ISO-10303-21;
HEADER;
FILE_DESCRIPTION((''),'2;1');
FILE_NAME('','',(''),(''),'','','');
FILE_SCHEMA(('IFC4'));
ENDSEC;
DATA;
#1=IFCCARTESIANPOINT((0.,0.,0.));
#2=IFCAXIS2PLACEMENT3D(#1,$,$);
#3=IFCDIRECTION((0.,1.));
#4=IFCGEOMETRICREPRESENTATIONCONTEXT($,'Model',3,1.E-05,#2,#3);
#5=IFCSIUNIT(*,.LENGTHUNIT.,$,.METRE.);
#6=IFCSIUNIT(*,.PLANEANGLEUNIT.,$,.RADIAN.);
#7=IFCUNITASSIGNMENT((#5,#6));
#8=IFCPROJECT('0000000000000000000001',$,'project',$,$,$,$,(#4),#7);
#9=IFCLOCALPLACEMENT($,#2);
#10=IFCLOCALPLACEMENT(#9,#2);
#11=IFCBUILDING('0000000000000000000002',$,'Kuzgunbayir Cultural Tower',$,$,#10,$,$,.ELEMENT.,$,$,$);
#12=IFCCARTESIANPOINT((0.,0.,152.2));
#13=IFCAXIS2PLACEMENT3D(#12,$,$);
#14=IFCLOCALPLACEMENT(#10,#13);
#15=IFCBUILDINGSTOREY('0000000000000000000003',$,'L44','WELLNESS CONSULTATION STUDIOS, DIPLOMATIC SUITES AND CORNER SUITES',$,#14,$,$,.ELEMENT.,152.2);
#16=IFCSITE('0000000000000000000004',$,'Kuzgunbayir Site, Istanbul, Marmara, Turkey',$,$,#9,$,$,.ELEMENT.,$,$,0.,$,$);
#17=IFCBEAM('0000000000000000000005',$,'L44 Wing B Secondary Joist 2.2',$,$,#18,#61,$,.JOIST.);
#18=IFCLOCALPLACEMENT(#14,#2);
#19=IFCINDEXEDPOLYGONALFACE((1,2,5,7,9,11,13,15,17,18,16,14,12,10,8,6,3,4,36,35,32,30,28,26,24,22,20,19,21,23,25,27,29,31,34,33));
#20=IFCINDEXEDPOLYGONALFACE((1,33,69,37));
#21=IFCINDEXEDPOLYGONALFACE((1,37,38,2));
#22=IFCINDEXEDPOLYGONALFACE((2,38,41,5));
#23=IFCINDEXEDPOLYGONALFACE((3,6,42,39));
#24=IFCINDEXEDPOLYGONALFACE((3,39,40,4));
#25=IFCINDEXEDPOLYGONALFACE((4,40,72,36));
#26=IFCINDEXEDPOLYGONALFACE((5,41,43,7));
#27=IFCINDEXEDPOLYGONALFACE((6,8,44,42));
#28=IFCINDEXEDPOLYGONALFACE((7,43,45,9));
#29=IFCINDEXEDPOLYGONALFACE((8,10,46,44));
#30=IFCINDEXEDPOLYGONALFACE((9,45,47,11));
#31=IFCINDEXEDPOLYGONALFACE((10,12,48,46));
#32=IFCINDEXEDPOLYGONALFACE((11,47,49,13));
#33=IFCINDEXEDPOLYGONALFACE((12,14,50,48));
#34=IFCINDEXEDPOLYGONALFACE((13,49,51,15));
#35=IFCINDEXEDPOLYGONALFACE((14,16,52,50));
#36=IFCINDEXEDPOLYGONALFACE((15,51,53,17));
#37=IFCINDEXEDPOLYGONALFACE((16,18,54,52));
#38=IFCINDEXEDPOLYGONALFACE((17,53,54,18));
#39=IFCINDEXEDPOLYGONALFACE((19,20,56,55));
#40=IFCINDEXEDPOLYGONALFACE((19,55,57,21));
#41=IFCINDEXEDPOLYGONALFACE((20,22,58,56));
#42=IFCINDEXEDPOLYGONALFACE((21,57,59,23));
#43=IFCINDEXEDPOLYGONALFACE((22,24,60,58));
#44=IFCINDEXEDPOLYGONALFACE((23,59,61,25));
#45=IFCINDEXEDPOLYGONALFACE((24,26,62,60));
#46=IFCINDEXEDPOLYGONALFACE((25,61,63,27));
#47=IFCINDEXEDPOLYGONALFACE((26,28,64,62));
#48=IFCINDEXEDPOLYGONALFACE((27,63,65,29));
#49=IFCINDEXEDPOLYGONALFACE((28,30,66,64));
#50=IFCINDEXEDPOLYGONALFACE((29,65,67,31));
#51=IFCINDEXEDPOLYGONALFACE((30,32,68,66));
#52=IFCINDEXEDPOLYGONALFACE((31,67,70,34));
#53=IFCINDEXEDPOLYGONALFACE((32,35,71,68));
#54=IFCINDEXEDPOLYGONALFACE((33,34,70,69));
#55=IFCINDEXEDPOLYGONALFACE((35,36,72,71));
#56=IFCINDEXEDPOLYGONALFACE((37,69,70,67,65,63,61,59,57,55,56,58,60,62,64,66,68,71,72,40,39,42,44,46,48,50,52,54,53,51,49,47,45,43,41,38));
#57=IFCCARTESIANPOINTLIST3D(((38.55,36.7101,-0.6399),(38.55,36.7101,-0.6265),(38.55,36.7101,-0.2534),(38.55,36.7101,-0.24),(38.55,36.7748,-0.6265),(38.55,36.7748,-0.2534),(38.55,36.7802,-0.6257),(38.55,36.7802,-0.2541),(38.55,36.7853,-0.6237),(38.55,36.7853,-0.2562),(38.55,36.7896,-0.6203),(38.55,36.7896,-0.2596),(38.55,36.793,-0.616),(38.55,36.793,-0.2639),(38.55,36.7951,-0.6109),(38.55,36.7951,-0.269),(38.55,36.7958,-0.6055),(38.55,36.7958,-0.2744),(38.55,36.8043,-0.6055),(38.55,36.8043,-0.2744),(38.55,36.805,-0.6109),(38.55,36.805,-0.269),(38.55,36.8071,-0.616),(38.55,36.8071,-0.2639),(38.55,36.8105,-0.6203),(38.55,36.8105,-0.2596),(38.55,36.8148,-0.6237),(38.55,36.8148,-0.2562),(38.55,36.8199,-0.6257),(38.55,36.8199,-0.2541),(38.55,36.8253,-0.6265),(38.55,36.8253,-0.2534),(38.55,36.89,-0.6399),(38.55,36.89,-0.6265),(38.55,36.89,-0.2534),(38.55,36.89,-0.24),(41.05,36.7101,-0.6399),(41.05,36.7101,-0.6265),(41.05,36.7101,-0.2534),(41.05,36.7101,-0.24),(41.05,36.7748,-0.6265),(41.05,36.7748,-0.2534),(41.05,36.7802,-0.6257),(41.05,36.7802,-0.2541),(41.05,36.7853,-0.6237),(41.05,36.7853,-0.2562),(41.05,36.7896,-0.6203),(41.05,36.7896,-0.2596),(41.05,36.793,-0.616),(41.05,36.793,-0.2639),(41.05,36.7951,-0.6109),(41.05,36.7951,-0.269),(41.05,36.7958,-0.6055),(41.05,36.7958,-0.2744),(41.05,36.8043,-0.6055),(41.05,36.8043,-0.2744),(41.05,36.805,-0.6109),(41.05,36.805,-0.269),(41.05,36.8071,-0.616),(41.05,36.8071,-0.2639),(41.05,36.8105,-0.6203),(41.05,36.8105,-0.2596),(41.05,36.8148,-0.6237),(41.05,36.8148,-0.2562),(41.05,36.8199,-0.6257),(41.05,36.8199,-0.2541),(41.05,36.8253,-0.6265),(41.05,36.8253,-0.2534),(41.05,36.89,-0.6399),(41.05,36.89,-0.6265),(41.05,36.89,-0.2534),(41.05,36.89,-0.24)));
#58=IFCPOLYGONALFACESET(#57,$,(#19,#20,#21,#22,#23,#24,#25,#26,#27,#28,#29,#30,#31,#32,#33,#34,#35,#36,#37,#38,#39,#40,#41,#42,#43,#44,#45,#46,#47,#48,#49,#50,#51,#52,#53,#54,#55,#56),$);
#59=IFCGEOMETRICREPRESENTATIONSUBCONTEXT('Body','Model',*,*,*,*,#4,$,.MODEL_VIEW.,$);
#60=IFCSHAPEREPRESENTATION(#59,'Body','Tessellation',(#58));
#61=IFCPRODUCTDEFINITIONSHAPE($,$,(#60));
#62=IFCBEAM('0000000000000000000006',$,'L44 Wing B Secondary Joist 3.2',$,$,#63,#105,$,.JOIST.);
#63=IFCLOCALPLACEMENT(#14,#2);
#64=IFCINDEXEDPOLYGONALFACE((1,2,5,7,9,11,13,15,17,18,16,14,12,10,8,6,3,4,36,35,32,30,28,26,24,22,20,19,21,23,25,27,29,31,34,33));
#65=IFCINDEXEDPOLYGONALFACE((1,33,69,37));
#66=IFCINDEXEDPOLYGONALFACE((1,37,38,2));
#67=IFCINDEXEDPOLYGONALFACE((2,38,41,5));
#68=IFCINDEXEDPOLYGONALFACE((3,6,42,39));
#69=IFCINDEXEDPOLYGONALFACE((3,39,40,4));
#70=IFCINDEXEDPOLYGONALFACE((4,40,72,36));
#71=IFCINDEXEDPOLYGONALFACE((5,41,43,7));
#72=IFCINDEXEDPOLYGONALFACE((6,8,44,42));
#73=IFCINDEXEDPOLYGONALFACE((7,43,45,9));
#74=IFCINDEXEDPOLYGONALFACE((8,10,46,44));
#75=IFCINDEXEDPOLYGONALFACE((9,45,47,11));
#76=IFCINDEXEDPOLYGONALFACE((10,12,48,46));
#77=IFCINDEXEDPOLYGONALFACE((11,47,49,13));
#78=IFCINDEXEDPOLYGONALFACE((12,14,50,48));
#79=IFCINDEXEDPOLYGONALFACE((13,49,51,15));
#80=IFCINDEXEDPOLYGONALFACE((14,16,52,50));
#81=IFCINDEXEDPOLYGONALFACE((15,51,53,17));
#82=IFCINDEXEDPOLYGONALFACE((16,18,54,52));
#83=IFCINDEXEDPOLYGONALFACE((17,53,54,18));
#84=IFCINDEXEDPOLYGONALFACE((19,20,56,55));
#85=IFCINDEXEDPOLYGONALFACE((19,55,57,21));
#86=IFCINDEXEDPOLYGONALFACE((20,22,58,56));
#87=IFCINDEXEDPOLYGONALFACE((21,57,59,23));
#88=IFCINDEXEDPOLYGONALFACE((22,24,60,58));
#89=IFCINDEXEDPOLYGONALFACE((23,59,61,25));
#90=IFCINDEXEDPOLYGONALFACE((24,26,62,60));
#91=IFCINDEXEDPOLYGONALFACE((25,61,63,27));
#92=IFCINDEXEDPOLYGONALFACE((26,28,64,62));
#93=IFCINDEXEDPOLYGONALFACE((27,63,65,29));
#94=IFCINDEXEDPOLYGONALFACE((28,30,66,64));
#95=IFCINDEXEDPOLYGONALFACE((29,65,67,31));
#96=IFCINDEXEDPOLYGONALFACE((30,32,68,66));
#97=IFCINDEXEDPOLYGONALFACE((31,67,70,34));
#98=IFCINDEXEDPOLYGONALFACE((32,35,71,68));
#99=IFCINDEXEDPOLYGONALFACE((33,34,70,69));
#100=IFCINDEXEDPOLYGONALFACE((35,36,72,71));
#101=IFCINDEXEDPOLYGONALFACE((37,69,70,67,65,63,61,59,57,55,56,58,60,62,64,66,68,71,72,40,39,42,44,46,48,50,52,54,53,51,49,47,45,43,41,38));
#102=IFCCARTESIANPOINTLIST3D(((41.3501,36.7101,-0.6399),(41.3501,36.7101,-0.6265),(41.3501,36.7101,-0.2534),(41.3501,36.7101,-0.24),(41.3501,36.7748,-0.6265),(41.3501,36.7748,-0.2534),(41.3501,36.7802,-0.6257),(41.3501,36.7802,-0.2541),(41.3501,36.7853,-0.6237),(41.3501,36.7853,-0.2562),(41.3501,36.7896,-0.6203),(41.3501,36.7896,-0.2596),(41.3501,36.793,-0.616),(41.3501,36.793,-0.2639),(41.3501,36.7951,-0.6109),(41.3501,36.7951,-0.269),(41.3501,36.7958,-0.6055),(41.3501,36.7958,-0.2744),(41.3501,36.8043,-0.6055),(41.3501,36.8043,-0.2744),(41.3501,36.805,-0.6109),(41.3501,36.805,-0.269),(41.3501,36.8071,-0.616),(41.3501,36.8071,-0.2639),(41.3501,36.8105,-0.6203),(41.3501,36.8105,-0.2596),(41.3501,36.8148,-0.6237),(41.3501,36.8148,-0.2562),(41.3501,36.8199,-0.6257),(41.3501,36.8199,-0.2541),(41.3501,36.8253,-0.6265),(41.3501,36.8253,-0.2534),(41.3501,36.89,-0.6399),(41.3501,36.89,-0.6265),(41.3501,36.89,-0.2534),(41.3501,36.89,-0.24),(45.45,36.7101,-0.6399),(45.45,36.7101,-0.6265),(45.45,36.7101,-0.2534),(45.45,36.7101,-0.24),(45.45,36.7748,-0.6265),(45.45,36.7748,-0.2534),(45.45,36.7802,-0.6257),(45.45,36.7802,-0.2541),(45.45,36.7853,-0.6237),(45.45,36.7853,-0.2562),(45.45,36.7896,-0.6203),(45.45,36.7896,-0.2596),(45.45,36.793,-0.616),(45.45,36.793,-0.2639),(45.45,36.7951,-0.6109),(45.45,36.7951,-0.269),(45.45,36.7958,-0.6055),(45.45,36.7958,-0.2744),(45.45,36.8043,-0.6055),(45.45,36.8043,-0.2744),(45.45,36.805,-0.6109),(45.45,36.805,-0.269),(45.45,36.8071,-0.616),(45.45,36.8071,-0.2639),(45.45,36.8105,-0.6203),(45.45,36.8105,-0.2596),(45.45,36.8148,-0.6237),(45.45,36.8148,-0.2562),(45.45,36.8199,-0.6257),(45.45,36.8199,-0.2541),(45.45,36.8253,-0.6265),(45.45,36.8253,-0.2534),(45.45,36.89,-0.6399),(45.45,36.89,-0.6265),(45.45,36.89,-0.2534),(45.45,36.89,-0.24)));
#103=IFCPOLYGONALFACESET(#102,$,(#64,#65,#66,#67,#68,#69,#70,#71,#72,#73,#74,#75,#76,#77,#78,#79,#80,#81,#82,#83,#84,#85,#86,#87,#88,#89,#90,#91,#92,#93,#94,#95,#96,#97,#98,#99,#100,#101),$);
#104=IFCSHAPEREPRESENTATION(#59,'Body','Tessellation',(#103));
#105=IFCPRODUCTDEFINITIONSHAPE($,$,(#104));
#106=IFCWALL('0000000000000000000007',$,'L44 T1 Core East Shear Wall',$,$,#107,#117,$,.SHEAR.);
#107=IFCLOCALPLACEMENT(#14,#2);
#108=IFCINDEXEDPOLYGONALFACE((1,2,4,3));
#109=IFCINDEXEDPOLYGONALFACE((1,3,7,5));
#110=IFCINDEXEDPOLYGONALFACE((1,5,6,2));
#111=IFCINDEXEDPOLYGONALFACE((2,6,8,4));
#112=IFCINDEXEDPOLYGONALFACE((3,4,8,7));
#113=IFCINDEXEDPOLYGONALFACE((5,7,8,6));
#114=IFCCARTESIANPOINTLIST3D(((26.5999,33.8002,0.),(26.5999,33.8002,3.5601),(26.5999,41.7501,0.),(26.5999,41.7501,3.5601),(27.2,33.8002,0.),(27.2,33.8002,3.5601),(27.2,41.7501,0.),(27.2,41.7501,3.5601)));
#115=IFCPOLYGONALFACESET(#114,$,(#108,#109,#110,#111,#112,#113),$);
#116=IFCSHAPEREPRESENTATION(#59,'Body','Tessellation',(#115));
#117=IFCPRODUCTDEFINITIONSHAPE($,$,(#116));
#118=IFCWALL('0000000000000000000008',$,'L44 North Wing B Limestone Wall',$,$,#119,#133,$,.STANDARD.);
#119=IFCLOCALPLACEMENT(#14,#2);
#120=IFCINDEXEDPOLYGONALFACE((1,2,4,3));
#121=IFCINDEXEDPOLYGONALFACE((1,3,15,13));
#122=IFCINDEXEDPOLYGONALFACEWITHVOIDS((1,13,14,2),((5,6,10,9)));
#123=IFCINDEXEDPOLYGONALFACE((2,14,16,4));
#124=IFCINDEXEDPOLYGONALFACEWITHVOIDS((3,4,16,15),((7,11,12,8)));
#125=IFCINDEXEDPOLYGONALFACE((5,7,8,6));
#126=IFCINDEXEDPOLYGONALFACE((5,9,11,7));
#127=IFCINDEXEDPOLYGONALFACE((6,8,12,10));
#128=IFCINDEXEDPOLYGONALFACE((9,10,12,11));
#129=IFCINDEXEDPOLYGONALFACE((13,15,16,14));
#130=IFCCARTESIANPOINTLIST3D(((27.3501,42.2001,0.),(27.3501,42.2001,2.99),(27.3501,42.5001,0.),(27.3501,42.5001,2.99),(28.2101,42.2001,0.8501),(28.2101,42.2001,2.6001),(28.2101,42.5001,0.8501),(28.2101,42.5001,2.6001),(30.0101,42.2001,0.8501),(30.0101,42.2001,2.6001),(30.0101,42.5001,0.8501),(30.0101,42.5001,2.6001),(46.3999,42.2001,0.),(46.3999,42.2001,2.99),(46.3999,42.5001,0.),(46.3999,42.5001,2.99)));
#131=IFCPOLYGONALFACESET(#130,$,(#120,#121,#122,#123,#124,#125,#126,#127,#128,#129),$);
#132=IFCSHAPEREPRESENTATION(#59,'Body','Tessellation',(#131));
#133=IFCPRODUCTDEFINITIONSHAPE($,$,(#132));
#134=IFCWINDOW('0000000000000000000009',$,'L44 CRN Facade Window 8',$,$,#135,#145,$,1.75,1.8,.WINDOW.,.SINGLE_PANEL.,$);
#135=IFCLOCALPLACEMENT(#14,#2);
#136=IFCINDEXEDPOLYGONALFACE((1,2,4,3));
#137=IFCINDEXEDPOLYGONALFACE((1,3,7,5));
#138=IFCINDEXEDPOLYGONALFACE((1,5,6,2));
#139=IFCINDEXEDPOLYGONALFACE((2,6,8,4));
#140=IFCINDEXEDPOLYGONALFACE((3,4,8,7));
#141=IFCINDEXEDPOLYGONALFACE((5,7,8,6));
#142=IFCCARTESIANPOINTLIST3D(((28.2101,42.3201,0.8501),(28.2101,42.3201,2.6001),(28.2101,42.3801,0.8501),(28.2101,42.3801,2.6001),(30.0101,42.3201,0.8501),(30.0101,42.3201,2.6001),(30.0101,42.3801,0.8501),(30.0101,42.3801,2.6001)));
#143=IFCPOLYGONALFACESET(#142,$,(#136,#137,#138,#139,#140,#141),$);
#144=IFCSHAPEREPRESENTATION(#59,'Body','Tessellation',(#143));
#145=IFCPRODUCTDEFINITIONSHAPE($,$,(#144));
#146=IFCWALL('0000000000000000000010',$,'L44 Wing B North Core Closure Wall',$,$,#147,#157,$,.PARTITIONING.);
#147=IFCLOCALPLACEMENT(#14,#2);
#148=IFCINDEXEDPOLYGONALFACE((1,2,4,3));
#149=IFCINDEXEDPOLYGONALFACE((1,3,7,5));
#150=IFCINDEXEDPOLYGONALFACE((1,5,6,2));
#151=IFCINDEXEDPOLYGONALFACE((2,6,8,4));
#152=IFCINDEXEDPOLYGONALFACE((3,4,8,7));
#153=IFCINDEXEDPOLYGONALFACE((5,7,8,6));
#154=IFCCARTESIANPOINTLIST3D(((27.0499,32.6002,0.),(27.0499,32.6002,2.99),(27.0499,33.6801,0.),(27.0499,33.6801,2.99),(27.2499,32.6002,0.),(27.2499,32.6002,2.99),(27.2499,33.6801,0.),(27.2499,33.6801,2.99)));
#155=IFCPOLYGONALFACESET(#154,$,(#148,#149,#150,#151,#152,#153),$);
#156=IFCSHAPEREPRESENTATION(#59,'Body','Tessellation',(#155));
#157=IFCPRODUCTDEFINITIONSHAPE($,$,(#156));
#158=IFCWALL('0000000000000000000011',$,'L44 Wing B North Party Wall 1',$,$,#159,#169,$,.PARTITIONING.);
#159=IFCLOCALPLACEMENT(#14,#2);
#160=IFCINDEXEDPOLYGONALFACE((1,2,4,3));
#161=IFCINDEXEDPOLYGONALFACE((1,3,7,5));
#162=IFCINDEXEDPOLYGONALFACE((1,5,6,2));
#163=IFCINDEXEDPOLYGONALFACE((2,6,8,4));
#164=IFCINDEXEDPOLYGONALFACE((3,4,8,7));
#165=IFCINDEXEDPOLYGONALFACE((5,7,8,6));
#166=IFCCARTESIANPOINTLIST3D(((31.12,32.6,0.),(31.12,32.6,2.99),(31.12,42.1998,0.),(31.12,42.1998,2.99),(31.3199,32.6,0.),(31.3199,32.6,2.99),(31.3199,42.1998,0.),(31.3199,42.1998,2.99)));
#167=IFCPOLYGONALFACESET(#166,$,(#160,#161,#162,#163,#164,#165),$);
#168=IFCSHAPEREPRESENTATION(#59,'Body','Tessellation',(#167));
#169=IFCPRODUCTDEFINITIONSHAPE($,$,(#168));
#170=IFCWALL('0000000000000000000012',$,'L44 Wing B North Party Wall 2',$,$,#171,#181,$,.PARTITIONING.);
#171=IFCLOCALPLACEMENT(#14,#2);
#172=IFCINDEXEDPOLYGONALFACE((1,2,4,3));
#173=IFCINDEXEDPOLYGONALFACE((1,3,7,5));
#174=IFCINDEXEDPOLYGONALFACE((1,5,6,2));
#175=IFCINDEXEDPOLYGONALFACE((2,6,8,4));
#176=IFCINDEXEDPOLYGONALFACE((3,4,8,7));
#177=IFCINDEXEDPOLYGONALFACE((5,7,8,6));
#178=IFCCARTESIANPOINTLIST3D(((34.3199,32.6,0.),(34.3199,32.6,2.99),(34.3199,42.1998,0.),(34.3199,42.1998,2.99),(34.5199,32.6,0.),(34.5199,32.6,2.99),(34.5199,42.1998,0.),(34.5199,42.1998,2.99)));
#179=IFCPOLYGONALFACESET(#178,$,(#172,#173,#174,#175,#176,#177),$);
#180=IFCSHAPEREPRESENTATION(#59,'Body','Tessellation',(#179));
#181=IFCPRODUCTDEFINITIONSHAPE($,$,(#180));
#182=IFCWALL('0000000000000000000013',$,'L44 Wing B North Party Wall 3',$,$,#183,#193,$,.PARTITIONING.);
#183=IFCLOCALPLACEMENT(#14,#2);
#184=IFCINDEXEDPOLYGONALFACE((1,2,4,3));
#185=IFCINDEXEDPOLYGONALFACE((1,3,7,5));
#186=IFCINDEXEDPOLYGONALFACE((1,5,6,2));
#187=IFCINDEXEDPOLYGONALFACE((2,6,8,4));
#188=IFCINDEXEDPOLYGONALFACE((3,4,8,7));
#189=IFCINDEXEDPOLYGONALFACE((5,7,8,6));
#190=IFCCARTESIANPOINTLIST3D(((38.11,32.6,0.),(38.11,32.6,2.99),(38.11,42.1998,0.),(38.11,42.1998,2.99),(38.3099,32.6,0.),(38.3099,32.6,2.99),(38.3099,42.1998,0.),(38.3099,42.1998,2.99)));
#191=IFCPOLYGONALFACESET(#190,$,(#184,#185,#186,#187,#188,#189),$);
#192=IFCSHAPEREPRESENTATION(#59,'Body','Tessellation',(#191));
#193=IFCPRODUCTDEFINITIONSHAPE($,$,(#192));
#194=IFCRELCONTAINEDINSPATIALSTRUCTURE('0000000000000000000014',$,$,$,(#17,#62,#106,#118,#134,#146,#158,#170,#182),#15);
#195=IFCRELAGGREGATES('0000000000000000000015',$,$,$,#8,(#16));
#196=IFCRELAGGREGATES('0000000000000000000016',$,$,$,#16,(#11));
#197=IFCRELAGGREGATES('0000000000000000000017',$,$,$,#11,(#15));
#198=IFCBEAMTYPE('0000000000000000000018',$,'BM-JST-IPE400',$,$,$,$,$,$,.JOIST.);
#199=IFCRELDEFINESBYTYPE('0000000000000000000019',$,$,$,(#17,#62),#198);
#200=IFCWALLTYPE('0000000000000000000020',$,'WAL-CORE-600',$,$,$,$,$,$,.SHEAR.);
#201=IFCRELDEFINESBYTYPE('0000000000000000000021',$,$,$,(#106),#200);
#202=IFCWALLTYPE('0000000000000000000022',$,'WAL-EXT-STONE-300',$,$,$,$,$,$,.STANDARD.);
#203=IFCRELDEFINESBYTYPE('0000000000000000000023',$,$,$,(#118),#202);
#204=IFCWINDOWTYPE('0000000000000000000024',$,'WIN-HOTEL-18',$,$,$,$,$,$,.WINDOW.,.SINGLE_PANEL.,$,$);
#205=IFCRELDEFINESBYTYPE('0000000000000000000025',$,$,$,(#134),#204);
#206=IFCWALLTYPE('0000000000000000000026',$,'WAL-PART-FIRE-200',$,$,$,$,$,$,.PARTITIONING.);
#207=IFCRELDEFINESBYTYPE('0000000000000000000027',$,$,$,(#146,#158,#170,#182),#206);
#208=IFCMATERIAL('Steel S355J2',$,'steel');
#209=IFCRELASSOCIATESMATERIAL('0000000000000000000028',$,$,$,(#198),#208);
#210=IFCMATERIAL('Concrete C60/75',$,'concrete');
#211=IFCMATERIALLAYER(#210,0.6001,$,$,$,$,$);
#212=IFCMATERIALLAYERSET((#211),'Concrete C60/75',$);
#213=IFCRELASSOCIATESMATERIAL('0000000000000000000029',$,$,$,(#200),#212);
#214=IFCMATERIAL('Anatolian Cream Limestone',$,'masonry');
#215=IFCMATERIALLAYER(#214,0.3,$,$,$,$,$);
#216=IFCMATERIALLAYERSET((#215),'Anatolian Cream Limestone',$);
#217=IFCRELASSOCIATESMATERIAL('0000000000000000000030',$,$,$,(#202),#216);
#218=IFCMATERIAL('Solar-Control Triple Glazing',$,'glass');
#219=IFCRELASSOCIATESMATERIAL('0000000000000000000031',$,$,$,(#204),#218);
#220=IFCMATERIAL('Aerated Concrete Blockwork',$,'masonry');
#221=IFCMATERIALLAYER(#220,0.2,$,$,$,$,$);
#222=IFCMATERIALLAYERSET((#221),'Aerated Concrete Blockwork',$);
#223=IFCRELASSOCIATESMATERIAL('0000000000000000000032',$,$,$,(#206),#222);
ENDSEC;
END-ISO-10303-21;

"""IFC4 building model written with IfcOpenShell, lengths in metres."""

from ifc_helpers import new_model, si_unit, direction, frame, frame_2d, origin, origin_2d, place, context, subcontext, project, spatial, rectangle, i_section, extrude, material, layer, layer_set, material_profile, profile_set, type_object, element, fill, save


model = new_model("IFC4")

# Units and contexts
model_context = context("Model", 3, precision=1e-05, world=origin(), true_north=direction((0.0, 1.0)))
body_context = subcontext(model_context, "Body", "Model", "MODEL_VIEW")
ifc_project = project(units=[si_unit("LENGTHUNIT", "METRE"), si_unit("PLANEANGLEUNIT", "RADIAN")], contexts=[model_context])

# Site, building, storey
site_placement = place(None, origin())
site = spatial("IfcSite", under=ifc_project, at=site_placement, Name="Kuzgunbayir Site, Istanbul, Marmara, Turkey", CompositionType="ELEMENT", RefElevation=0.0)
building_placement = place(site_placement, origin())
building = spatial("IfcBuilding", under=site, at=building_placement, Name="Kuzgunbayir Cultural Tower", CompositionType="ELEMENT")
storey_placement = place(building_placement, frame((0.0, 0.0, 152.2)))
storey = spatial("IfcBuildingStorey", under=building, at=storey_placement, Name="L44", Description="WELLNESS CONSULTATION STUDIOS, DIPLOMATIC SUITES AND CORNER SUITES", CompositionType="ELEMENT", Elevation=152.2)

# Beams
ifc_material_1 = material(Name="Steel S355J2", Category="steel")
ifc_material_profile_1 = material_profile(ifc_material_1, i_section(OverallWidth=0.1799, OverallDepth=0.3999, WebThickness=0.0085, FlangeThickness=0.0134, FilletRadius=0.021, at=origin_2d()), Name="IPE 400")
ifc_profile_set_1 = profile_set([ifc_material_profile_1], Name="Steel S355J2")
beam_type_1 = type_object("IfcBeamType", Name="BM-JST-IPE400", PredefinedType="JOIST", material=ifc_profile_set_1)
beam_1_placement = place(storey_placement, frame((38.55, 36.8, -0.4399), z_axis=(1.0, 0.0, 0.0), x_axis=(0.0, 1.0, 0.0)))
element("IfcBeam", 1, at=beam_1_placement, inside=storey, type_object=beam_type_1, Name="L44 Wing B Secondary Joist 2.2", PredefinedType="JOIST", context=body_context, shape_type="SweptSolid", body=[
    extrude(i_section(OverallWidth=0.1799, OverallDepth=0.3999, WebThickness=0.0085, FlangeThickness=0.0134, FilletRadius=0.021, at=origin_2d()), origin(), (0.0, 0.0, 1.0), 2.5),
])
beam_2_placement = place(storey_placement, frame((41.3501, 36.8, -0.4399), z_axis=(1.0, 0.0, 0.0), x_axis=(0.0, 1.0, 0.0)))
element("IfcBeam", 2, at=beam_2_placement, inside=storey, type_object=beam_type_1, Name="L44 Wing B Secondary Joist 3.2", PredefinedType="JOIST", context=body_context, shape_type="SweptSolid", body=[
    extrude(i_section(OverallWidth=0.1799, OverallDepth=0.3999, WebThickness=0.0085, FlangeThickness=0.0134, FilletRadius=0.021, at=origin_2d()), origin(), (0.0, 0.0, 1.0), 4.0999),
])

# Wall
ifc_material_2 = material(Name="Concrete C60/75", Category="concrete")
ifc_layer_1 = layer(ifc_material_2, 0.6001)
ifc_layer_set_1 = layer_set([ifc_layer_1], Name="Concrete C60/75")
wall_type_1 = type_object("IfcWallType", Name="WAL-CORE-600", PredefinedType="SHEAR", material=ifc_layer_set_1)
wall_1_placement = place(storey_placement, frame((26.8999, 33.8, 0.0), z_axis=(0.0, 0.0, 1.0), x_axis=(0.0, 1.0, 0.0)))
element("IfcWall", 3, at=wall_1_placement, inside=storey, type_object=wall_type_1, Name="L44 T1 Core East Shear Wall", PredefinedType="SHEAR", context=body_context, shape_type="SweptSolid", body=[
    extrude(rectangle(XDim=7.95, YDim=0.6001, at=frame_2d((3.9751, 0.0))), origin(), (0.0, 0.0, 1.0), 3.5601),
])

# Wall, opening, window
ifc_material_3 = material(Name="Anatolian Cream Limestone", Category="masonry")
ifc_layer_2 = layer(ifc_material_3, 0.3)
ifc_layer_set_2 = layer_set([ifc_layer_2], Name="Anatolian Cream Limestone")
wall_type_2 = type_object("IfcWallType", Name="WAL-EXT-STONE-300", PredefinedType="STANDARD", material=ifc_layer_set_2)
wall_2_placement = place(storey_placement, frame((46.3999, 42.3501, 0.0), z_axis=(0.0, 0.0, 1.0), x_axis=(-1.0, 0.0, 0.0)))
wall_2 = element("IfcWall", 4, at=wall_2_placement, inside=storey, type_object=wall_type_2, Name="L44 North Wing B Limestone Wall", PredefinedType="STANDARD", context=body_context, shape_type="SweptSolid", body=[
    extrude(rectangle(XDim=19.0498, YDim=0.3, at=frame_2d((9.5249, 0.0))), origin(), (0.0, 0.0, 1.0), 2.99),
])
opening_1_placement = place(wall_2_placement, frame((16.3899, 0.0, 0.8501)))
opening_1 = element("IfcOpeningElement", 5, at=opening_1_placement, cuts=wall_2, PredefinedType="OPENING", context=body_context, shape_type="SweptSolid", body=[
    extrude(rectangle(XDim=1.8, YDim=1.75, at=frame_2d((0.8999, 0.875))), frame((0.0, 0.1602, 0.0), z_axis=(0.0, -1.0, 0.0), x_axis=(1.0, 0.0, 0.0)), (0.0, 0.0, 1.0), 0.3201),
])
ifc_material_4 = material(Name="Solar-Control Triple Glazing", Category="glass")
window_type = type_object("IfcWindowType", Name="WIN-HOTEL-18", PartitioningType="SINGLE_PANEL", PredefinedType="WINDOW", material=ifc_material_4)
window_placement = place(opening_1_placement, origin())
window = element("IfcWindow", 6, at=window_placement, inside=storey, type_object=window_type, Name="L44 CRN Facade Window 8", OverallHeight=1.75, OverallWidth=1.8, PartitioningType="SINGLE_PANEL", PredefinedType="WINDOW", context=body_context, shape_type="SweptSolid", body=[
    extrude(rectangle(XDim=1.8, YDim=1.75, at=frame_2d((0.8999, 0.875))), frame((0.0, 0.03, 0.0), z_axis=(0.0, -1.0, 0.0), x_axis=(1.0, 0.0, 0.0)), (0.0, 0.0, 1.0), 0.0601),
])
fill(opening_1, window)

# Shared definitions
ifc_material_5 = material(Name="Aerated Concrete Blockwork", Category="masonry")
ifc_layer_3 = layer(ifc_material_5, 0.2)
ifc_layer_set_3 = layer_set([ifc_layer_3], Name="Aerated Concrete Blockwork")
wall_type_3 = type_object("IfcWallType", Name="WAL-PART-FIRE-200", PredefinedType="PARTITIONING", material=ifc_layer_set_3)

# Walls
wall_3_placement = place(storey_placement, frame((27.1499, 32.6001, 0.0), z_axis=(0.0, 0.0, 1.0), x_axis=(0.0, 1.0, 0.0)))
element("IfcWall", 7, at=wall_3_placement, inside=storey, type_object=wall_type_3, Name="L44 Wing B North Core Closure Wall", PredefinedType="PARTITIONING", context=body_context, shape_type="SweptSolid", body=[
    extrude(rectangle(XDim=1.0798, YDim=0.2, at=frame_2d((0.54, 0.0))), origin(), (0.0, 0.0, 1.0), 2.99),
])
for number, where, z_axis, x_axis, name in (
    (8, (31.22, 32.6001, 0.0), (0.0, 0.0, 1.0), (0.0, 1.0, 0.0), "L44 Wing B North Party Wall 1"),
    (9, (34.4199, 32.6001, 0.0), (0.0, 0.0, 1.0), (0.0, 1.0, 0.0), "L44 Wing B North Party Wall 2"),
    (10, (38.21, 32.6001, 0.0), (0.0, 0.0, 1.0), (0.0, 1.0, 0.0), "L44 Wing B North Party Wall 3"),
):
    element("IfcWall", number, at=place(storey_placement, frame(where, z_axis=z_axis, x_axis=x_axis)), inside=storey, type_object=wall_type_3, Name=name, PredefinedType="PARTITIONING", context=body_context, shape_type="SweptSolid", body=[
        extrude(rectangle(XDim=9.5999, YDim=0.2, at=frame_2d((4.7998, 0.0))), origin(), (0.0, 0.0, 1.0), 2.99),
    ])

save(model, "model.ifc")
